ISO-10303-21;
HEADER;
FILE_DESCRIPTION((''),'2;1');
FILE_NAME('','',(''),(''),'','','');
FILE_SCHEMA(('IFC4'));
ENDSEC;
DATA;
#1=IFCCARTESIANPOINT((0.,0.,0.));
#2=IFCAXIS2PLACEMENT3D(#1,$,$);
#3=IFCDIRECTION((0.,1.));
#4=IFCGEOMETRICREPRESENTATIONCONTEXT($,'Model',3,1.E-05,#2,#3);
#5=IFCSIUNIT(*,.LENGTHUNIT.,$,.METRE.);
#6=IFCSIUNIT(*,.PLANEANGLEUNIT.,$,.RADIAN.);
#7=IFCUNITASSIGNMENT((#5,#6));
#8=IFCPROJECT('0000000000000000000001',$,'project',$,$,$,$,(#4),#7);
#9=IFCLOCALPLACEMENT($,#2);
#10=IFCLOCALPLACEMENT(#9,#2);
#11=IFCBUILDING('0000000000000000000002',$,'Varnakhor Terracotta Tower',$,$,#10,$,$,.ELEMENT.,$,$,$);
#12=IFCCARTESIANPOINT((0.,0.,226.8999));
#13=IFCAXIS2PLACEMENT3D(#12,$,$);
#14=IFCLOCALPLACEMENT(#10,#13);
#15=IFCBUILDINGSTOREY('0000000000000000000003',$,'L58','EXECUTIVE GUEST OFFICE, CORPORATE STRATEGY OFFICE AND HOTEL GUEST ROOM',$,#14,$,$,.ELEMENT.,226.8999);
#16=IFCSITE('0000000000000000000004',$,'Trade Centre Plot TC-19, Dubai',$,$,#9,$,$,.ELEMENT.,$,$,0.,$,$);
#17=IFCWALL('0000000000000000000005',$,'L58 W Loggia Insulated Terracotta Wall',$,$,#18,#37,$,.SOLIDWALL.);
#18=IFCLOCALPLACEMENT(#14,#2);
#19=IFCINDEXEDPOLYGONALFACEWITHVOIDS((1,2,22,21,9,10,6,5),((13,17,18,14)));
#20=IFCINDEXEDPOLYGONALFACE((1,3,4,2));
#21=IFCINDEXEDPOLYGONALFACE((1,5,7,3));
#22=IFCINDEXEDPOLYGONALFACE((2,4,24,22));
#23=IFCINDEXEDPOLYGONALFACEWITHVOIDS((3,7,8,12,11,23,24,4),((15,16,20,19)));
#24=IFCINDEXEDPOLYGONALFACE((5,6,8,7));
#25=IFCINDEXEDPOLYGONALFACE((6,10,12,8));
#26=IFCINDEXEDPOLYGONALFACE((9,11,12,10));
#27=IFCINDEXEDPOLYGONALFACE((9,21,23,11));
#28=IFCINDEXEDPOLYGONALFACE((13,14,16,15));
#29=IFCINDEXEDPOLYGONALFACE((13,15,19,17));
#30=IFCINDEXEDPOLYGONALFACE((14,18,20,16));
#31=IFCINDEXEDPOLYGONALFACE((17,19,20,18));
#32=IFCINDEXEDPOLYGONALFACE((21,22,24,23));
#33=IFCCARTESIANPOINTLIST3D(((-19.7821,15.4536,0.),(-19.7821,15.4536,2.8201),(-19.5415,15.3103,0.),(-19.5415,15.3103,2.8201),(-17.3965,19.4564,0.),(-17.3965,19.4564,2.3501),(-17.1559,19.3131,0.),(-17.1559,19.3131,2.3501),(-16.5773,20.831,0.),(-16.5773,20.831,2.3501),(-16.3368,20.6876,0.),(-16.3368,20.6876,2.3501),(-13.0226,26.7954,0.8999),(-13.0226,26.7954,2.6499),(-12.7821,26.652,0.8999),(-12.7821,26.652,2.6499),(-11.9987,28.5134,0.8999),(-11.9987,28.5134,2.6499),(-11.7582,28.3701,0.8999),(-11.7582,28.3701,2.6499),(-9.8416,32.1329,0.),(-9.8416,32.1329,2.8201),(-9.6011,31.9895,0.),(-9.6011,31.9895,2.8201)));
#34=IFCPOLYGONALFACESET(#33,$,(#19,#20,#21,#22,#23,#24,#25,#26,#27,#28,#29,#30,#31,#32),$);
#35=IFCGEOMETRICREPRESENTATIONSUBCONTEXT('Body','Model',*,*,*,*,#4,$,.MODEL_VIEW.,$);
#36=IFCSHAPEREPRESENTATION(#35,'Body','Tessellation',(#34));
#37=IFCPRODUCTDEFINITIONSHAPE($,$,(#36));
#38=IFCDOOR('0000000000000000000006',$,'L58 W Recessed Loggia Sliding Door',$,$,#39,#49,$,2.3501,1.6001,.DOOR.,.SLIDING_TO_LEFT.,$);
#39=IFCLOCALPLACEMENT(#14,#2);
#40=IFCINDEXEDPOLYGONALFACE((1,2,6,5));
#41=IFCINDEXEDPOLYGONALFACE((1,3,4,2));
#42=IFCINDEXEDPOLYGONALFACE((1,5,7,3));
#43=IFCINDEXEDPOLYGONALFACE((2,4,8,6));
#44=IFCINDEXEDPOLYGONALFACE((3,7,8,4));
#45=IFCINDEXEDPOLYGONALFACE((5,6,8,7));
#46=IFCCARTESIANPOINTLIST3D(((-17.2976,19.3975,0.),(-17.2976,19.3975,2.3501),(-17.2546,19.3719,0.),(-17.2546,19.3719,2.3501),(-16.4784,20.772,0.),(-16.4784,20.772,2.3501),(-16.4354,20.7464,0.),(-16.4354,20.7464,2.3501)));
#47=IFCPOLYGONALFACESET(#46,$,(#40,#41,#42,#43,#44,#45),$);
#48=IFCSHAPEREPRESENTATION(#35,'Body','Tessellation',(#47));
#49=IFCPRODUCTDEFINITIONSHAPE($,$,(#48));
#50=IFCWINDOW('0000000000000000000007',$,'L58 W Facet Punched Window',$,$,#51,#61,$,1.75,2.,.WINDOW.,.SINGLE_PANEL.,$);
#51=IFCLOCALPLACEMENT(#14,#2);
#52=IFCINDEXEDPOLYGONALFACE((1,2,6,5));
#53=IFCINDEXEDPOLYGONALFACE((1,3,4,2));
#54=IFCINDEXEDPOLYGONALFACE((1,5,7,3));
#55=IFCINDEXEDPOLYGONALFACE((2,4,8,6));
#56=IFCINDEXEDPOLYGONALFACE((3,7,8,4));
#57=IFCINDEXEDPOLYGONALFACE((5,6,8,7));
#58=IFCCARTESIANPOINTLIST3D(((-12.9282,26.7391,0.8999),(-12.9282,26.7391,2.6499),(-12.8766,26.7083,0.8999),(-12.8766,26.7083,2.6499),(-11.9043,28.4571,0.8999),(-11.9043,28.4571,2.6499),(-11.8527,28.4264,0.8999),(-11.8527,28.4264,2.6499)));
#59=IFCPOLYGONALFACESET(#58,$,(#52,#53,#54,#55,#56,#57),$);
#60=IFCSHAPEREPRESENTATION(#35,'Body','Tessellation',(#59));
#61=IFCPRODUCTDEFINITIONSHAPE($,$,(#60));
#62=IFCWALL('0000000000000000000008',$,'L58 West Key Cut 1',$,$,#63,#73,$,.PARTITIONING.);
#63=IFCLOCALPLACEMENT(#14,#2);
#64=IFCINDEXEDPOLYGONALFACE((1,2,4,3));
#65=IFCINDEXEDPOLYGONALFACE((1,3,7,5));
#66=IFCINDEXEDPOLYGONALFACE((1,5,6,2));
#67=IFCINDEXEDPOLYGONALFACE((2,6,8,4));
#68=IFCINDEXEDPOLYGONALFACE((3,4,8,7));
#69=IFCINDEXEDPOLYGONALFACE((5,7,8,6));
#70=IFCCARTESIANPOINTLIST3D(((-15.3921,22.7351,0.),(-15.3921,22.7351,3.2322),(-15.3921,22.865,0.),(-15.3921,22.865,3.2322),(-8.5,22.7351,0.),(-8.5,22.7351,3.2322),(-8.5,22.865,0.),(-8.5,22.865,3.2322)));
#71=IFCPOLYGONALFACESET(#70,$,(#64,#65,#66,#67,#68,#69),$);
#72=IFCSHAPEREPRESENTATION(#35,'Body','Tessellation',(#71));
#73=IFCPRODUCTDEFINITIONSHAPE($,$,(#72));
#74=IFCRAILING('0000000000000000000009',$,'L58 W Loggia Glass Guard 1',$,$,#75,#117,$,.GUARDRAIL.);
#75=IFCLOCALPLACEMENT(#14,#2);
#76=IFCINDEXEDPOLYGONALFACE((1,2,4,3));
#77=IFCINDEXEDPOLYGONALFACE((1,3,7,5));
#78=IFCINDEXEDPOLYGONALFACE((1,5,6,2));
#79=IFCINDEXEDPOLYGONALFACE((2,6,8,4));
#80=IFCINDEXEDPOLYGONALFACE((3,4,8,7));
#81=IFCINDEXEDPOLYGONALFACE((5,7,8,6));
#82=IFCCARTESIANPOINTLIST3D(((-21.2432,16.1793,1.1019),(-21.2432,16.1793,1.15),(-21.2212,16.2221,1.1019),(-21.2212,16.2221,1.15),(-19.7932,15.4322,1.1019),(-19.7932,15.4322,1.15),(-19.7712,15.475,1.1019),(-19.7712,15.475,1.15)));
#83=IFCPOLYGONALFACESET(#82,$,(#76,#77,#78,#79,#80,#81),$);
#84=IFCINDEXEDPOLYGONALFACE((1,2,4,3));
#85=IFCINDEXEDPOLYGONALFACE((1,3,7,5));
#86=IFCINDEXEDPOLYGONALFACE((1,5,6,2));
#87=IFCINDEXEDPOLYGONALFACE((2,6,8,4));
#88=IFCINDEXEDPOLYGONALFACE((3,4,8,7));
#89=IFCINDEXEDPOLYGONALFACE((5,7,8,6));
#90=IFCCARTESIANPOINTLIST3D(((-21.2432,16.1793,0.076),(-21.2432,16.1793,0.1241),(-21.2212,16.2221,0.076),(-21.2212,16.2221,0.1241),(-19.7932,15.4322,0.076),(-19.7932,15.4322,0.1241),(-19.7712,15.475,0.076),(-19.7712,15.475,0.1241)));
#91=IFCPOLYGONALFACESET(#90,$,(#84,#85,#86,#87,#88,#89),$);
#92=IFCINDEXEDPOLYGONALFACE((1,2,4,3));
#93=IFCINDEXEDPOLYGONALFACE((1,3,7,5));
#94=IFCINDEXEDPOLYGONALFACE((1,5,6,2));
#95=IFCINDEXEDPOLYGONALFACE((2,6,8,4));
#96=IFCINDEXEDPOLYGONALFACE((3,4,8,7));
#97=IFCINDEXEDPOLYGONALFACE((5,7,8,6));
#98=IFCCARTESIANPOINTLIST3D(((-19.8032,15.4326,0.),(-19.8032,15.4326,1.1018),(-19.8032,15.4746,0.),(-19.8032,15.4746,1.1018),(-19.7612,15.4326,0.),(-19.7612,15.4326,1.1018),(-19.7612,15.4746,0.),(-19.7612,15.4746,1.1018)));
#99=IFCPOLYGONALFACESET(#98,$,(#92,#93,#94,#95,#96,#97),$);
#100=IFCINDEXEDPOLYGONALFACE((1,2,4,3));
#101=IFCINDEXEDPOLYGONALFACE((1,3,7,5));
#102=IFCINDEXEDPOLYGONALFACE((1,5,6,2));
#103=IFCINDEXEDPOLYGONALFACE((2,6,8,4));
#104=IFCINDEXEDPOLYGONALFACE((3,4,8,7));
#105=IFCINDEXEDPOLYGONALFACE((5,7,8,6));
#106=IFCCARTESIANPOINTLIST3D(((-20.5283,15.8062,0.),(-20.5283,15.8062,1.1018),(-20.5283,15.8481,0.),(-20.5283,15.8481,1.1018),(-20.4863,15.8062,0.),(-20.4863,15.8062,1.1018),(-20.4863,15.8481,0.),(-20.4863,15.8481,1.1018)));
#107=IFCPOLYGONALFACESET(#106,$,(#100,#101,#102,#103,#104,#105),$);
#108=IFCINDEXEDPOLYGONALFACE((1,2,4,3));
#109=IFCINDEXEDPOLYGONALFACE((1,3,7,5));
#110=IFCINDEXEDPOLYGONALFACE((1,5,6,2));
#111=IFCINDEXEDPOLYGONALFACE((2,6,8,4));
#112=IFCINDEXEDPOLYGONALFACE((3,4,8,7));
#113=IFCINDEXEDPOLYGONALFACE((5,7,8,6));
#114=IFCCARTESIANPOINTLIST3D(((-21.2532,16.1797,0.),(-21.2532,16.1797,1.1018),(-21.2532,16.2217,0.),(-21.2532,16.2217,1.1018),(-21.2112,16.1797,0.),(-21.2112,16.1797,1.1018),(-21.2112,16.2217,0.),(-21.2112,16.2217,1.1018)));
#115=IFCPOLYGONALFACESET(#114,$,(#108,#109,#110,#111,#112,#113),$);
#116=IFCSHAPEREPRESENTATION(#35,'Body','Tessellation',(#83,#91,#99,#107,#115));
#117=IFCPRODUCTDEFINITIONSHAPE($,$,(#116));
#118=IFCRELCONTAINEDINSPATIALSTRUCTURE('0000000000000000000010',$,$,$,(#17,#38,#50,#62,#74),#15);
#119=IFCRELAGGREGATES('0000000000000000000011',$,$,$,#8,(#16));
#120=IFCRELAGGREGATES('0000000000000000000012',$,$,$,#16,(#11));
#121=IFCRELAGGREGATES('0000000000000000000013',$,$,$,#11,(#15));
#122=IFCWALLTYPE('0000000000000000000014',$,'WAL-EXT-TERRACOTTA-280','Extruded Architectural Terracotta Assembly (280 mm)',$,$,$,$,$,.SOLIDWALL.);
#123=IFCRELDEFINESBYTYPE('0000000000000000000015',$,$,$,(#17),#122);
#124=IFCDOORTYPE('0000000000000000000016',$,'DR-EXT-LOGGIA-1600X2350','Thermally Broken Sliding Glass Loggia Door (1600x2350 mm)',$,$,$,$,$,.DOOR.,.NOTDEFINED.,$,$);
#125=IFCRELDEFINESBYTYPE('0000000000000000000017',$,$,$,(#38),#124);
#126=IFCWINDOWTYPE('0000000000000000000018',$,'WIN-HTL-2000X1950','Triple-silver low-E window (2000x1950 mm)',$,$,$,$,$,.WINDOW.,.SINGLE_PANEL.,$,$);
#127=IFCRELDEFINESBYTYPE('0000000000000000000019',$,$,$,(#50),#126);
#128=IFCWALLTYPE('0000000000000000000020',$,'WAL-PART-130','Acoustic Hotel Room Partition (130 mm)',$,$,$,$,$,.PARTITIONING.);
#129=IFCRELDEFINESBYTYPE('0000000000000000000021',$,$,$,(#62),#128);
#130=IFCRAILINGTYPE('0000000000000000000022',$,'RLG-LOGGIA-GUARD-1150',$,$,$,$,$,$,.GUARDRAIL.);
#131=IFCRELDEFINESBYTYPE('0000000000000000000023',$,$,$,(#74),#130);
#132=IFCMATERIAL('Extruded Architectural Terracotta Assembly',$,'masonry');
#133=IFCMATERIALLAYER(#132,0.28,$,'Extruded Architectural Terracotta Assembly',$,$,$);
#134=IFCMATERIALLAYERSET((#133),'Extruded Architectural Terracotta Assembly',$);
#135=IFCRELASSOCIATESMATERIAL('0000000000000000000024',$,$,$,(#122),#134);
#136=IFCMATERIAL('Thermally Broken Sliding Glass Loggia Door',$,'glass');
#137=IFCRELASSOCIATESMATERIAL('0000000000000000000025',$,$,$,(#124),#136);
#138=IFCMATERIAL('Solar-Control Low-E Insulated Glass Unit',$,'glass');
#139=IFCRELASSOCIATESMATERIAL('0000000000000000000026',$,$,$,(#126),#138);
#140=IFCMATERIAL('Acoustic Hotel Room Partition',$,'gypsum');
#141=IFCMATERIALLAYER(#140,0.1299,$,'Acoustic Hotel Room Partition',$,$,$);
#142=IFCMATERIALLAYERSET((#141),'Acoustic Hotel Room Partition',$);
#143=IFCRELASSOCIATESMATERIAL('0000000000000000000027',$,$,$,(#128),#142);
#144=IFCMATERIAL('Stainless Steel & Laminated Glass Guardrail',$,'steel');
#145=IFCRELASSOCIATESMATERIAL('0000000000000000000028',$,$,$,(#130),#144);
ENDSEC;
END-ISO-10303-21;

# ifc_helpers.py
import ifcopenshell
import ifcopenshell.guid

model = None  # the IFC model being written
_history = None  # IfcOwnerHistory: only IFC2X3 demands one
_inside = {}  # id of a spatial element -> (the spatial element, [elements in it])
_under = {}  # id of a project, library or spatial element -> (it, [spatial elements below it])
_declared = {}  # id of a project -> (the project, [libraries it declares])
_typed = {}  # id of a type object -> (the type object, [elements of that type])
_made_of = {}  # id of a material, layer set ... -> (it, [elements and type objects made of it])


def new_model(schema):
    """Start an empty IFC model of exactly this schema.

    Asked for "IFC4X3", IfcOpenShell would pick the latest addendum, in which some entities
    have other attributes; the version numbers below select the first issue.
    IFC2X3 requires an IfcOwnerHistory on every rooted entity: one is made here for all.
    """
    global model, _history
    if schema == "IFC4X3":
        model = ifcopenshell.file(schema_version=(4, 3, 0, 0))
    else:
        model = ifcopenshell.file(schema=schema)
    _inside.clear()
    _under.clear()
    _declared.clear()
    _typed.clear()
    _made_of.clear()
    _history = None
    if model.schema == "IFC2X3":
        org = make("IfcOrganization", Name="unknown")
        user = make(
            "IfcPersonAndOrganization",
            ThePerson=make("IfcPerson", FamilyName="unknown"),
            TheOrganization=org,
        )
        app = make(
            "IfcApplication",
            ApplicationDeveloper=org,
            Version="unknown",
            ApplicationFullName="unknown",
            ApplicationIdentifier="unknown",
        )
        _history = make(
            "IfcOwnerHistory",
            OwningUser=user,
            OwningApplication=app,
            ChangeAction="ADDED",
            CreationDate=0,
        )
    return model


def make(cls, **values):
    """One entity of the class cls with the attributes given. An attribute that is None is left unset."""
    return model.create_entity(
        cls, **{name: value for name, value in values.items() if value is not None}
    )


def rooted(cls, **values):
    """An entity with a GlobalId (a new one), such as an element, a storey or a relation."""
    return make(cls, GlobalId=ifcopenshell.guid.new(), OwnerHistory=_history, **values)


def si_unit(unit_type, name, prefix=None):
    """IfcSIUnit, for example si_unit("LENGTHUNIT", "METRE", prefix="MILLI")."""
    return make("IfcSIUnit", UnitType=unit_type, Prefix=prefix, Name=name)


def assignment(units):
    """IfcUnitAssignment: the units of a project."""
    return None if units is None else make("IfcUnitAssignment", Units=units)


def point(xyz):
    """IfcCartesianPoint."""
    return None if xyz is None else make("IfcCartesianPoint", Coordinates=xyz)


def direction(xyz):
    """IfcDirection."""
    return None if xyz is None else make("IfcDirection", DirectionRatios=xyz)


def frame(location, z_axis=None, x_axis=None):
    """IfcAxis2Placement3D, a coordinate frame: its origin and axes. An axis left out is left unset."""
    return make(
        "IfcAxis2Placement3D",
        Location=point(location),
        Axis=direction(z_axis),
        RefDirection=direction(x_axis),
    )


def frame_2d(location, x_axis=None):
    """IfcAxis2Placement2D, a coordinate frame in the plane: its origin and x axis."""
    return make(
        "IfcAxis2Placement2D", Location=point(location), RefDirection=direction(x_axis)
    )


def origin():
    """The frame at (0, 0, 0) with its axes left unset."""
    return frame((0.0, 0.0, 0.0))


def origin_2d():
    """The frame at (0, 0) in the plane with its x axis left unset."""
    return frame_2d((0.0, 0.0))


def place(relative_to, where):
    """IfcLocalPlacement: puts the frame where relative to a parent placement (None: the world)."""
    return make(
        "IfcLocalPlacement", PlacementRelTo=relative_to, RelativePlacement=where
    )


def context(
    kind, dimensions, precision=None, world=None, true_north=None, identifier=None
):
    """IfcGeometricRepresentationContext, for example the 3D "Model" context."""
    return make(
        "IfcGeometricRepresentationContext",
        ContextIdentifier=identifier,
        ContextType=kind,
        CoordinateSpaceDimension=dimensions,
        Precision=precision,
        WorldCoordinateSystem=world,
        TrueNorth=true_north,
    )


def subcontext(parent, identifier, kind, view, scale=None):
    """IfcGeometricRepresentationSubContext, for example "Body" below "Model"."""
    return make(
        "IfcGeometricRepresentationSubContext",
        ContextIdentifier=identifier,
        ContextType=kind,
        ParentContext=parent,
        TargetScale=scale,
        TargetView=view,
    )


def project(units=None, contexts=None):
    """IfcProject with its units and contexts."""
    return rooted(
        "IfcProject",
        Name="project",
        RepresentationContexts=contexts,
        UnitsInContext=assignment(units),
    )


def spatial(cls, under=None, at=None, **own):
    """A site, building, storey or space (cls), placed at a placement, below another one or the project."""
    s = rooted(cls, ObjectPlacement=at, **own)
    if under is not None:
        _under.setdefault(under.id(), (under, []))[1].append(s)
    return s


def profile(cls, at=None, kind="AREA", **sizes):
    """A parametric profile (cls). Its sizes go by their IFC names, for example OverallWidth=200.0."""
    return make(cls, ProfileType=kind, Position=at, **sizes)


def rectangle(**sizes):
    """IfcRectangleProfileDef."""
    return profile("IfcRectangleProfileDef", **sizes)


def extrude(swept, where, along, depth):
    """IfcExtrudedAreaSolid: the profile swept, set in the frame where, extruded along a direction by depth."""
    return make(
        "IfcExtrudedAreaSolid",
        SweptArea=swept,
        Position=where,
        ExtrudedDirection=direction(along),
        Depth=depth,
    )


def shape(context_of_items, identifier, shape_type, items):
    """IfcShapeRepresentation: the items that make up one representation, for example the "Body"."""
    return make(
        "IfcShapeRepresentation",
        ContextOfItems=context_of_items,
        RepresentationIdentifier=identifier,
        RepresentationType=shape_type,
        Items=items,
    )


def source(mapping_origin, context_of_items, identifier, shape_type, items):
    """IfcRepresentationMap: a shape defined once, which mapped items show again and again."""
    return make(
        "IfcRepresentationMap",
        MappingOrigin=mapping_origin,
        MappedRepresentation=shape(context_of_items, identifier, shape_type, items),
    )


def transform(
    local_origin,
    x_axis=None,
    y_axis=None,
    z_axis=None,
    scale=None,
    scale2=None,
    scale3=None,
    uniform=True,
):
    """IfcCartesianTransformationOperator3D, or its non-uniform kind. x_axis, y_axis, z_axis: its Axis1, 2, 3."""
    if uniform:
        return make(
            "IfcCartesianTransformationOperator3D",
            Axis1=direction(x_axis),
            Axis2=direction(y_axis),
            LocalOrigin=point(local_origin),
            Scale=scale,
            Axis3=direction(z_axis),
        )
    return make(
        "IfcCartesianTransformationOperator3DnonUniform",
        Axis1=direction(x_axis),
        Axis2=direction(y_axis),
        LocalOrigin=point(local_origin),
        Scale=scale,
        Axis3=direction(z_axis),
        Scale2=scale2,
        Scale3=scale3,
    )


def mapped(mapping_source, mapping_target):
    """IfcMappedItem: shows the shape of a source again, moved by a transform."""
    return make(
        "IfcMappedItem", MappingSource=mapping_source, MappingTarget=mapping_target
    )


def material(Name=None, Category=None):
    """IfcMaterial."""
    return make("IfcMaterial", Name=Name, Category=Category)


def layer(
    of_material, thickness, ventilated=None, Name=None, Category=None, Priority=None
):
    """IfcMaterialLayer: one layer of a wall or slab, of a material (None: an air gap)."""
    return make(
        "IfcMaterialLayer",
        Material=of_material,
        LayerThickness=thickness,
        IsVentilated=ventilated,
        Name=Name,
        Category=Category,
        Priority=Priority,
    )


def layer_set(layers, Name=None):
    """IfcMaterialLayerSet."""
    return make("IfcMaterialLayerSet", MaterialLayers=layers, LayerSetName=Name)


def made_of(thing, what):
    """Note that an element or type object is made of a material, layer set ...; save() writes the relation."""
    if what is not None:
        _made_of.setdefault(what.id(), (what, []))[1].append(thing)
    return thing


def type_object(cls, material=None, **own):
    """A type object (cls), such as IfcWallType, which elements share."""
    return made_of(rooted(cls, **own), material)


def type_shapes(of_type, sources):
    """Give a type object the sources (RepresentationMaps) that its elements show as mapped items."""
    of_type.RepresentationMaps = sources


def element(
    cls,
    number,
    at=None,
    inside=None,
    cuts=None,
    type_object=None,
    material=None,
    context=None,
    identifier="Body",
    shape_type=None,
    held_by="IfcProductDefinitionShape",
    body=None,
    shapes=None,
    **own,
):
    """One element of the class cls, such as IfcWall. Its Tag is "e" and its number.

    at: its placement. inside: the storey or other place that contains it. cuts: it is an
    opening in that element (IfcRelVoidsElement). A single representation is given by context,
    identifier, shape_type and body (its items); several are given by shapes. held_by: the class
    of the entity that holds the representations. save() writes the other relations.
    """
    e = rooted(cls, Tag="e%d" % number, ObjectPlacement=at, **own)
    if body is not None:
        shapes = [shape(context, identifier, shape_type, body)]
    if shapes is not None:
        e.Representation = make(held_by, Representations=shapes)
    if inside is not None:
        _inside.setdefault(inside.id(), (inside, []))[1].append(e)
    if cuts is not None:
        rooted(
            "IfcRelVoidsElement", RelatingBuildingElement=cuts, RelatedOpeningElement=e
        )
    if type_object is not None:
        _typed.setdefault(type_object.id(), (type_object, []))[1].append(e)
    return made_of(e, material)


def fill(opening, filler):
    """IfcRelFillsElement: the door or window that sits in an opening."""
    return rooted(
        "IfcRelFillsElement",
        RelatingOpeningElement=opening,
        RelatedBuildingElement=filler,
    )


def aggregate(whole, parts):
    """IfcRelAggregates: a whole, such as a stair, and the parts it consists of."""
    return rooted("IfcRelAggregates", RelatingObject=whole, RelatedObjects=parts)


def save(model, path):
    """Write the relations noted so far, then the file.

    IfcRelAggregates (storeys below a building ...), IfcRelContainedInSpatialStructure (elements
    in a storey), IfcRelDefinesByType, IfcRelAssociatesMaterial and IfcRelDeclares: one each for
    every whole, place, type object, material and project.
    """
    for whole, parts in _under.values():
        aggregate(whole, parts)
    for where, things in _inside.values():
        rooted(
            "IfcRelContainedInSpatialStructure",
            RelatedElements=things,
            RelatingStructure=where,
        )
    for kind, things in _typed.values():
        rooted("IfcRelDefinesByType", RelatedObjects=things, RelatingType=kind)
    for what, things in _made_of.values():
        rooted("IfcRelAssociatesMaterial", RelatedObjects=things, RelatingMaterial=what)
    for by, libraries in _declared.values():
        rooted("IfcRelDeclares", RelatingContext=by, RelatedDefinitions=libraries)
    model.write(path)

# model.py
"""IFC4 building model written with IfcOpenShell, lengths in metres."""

from ifc_helpers import new_model, si_unit, direction, frame, frame_2d, origin, origin_2d, place, context, subcontext, project, spatial, rectangle, extrude, source, transform, mapped, material, layer, layer_set, type_object, type_shapes, element, fill, save


model = new_model("IFC4")

# Units and contexts
model_context = context("Model", 3, precision=1e-05, world=origin(), true_north=direction((0.0, 1.0)))
body_context = subcontext(model_context, "Body", "Model", "MODEL_VIEW")
ifc_project = project(units=[si_unit("LENGTHUNIT", "METRE"), si_unit("PLANEANGLEUNIT", "RADIAN")], contexts=[model_context])

# Site, building, storey
site_placement = place(None, origin())
site = spatial("IfcSite", under=ifc_project, at=site_placement, Name="Trade Centre Plot TC-19, Dubai", CompositionType="ELEMENT", RefElevation=0.0)
building_placement = place(site_placement, origin())
building = spatial("IfcBuilding", under=site, at=building_placement, Name="Varnakhor Terracotta Tower", CompositionType="ELEMENT")
storey_placement = place(building_placement, frame((0.0, 0.0, 226.8999)))
storey = spatial("IfcBuildingStorey", under=building, at=storey_placement, Name="L58", Description="EXECUTIVE GUEST OFFICE, CORPORATE STRATEGY OFFICE AND HOTEL GUEST ROOM", CompositionType="ELEMENT", Elevation=226.8999)

# Wall, openings, door, window
ifc_material_1 = material(Name="Extruded Architectural Terracotta Assembly", Category="masonry")
ifc_layer_1 = layer(ifc_material_1, 0.28, Name="Extruded Architectural Terracotta Assembly")
ifc_layer_set_1 = layer_set([ifc_layer_1], Name="Extruded Architectural Terracotta Assembly")
wall_type_1 = type_object("IfcWallType", Name="WAL-EXT-TERRACOTTA-280", Description="Extruded Architectural Terracotta Assembly (280 mm)", PredefinedType="SOLIDWALL", material=ifc_layer_set_1)
wall_1_placement = place(storey_placement, frame((-19.6619, 15.3818, 0.0), z_axis=(0.0, 0.0, 1.0), x_axis=(0.511953, 0.859014, 0.0)))
wall_1 = element("IfcWall", 1, at=wall_1_placement, inside=storey, type_object=wall_type_1, Name="L58 W Loggia Insulated Terracotta Wall", PredefinedType="SOLIDWALL", context=body_context, shape_type="SweptSolid", body=[
    extrude(rectangle(XDim=19.4167, YDim=0.28, at=frame_2d((9.7085, 0.0))), origin(), (0.0, 0.0, 1.0), 2.8201),
])
opening_1_placement = place(wall_1_placement, frame((4.6599, 0.0, 0.0)))
opening_1 = element("IfcOpeningElement", 2, at=opening_1_placement, cuts=wall_1, PredefinedType="OPENING", context=body_context, shape_type="SweptSolid", body=[
    extrude(rectangle(XDim=1.6001, YDim=2.3501, at=frame_2d((0.8, 1.175))), frame((0.0, 0.1499, 0.0), z_axis=(0.0, -1.0, 0.0), x_axis=(1.0, 0.0, 0.0)), (0.0, 0.0, 1.0), 0.3),
])
opening_2_placement = place(wall_1_placement, frame((13.2034, 0.0, 0.8999)))
opening_2 = element("IfcOpeningElement", 3, at=opening_2_placement, cuts=wall_1, PredefinedType="OPENING", context=body_context, shape_type="SweptSolid", body=[
    extrude(rectangle(XDim=2.0, YDim=1.75, at=frame_2d((1.0, 0.875))), frame((0.0, 0.1499, 0.0), z_axis=(0.0, -1.0, 0.0), x_axis=(1.0, 0.0, 0.0)), (0.0, 0.0, 1.0), 0.3),
])
ifc_material_2 = material(Name="Thermally Broken Sliding Glass Loggia Door", Category="glass")
door_type_1 = type_object("IfcDoorType", Name="DR-EXT-LOGGIA-1600X2350", Description="Thermally Broken Sliding Glass Loggia Door (1600x2350 mm)", OperationType="NOTDEFINED", PredefinedType="DOOR", material=ifc_material_2)
shared_shape_1 = source(origin(), body_context, "Body", "SweptSolid", [
    extrude(rectangle(XDim=1.6001, YDim=2.3501, at=frame_2d((0.8, 1.175))), frame((0.0, 0.0249, 0.0), z_axis=(0.0, -1.0, 0.0), x_axis=(1.0, 0.0, 0.0)), (0.0, 0.0, 1.0), 0.05),
])
type_shapes(door_type_1, [shared_shape_1])
door_1_placement = place(opening_1_placement, origin())
door_1 = element("IfcDoor", 4, at=door_1_placement, inside=storey, type_object=door_type_1, Name="L58 W Recessed Loggia Sliding Door", OperationType="SLIDING_TO_LEFT", OverallHeight=2.3501, OverallWidth=1.6001, PredefinedType="DOOR", context=body_context, shape_type="MappedRepresentation", body=[
    mapped(shared_shape_1, transform((0.0, 0.0, 0.0), scale=1.0)),
])
fill(opening_1, door_1)
ifc_material_3 = material(Name="Solar-Control Low-E Insulated Glass Unit", Category="glass")
window_type = type_object("IfcWindowType", Name="WIN-HTL-2000X1950", Description="Triple-silver low-E window (2000x1950 mm)", PartitioningType="SINGLE_PANEL", PredefinedType="WINDOW", material=ifc_material_3)
shared_shape_2 = source(origin(), body_context, "Body", "SweptSolid", [
    extrude(rectangle(XDim=2.0, YDim=1.75, at=frame_2d((1.0, 0.875))), frame((0.0, 0.03, 0.0), z_axis=(0.0, -1.0, 0.0), x_axis=(1.0, 0.0, 0.0)), (0.0, 0.0, 1.0), 0.0601),
])
type_shapes(window_type, [shared_shape_2])
window_placement = place(opening_2_placement, origin())
window = element("IfcWindow", 5, at=window_placement, inside=storey, type_object=window_type, Name="L58 W Facet Punched Window", OverallHeight=1.75, OverallWidth=2.0, PartitioningType="SINGLE_PANEL", PredefinedType="WINDOW", context=body_context, shape_type="MappedRepresentation", body=[
    mapped(shared_shape_2, transform((0.0, 0.0, 0.0), scale=1.0)),
])
fill(opening_2, window)

# Wall
ifc_material_4 = material(Name="Acoustic Hotel Room Partition", Category="gypsum")
ifc_layer_2 = layer(ifc_material_4, 0.1299, Name="Acoustic Hotel Room Partition")
ifc_layer_set_2 = layer_set([ifc_layer_2], Name="Acoustic Hotel Room Partition")
wall_type_2 = type_object("IfcWallType", Name="WAL-PART-130", Description="Acoustic Hotel Room Partition (130 mm)", PredefinedType="PARTITIONING", material=ifc_layer_set_2)
wall_2_placement = place(storey_placement, frame((-15.3921, 22.8, 0.0), z_axis=(0.0, 0.0, 1.0), x_axis=(1.0, 0.0, 0.0)))
element("IfcWall", 6, at=wall_2_placement, inside=storey, type_object=wall_type_2, Name="L58 West Key Cut 1", PredefinedType="PARTITIONING", context=body_context, shape_type="SweptSolid", body=[
    extrude(rectangle(XDim=6.8921, YDim=0.1299, at=frame_2d((3.446, 0.0))), origin(), (0.0, 0.0, 1.0), 3.2322),
])

# Railing
ifc_material_5 = material(Name="Stainless Steel & Laminated Glass Guardrail", Category="steel")
railing_type = type_object("IfcRailingType", Name="RLG-LOGGIA-GUARD-1150", PredefinedType="GUARDRAIL", material=ifc_material_5)
railing_1_placement = place(storey_placement, frame((-19.7822, 15.4536, 0.0)))
element("IfcRailing", 7, at=railing_1_placement, inside=storey, type_object=railing_type, Name="L58 W Loggia Glass Guard 1", PredefinedType="GUARDRAIL", context=body_context, shape_type="SweptSolid", body=[
    extrude(rectangle(XDim=0.0481, YDim=0.0481, at=origin_2d()), frame((0.0, 0.0, 1.126), z_axis=(-0.888943, 0.458018, 0.0), x_axis=(-0.458018, -0.888943, 0.0)), (0.0, 0.0, 1.0), 1.6311),
    extrude(rectangle(XDim=0.0481, YDim=0.0481, at=origin_2d()), frame((0.0, 0.0, 0.1001), z_axis=(-0.888943, 0.458018, 0.0), x_axis=(-0.458018, -0.888943, 0.0)), (0.0, 0.0, 1.0), 1.6311),
    extrude(rectangle(XDim=0.042, YDim=0.042, at=origin_2d()), origin(), (0.0, 0.0, 1.0), 1.1018),
    extrude(rectangle(XDim=0.042, YDim=0.042, at=origin_2d()), frame((-0.7251, 0.3735, 0.0)), (0.0, 0.0, 1.0), 1.1018),
    extrude(rectangle(XDim=0.042, YDim=0.042, at=origin_2d()), frame((-1.45, 0.7471, 0.0)), (0.0, 0.0, 1.0), 1.1018),
])

save(model, "model.ifc")
